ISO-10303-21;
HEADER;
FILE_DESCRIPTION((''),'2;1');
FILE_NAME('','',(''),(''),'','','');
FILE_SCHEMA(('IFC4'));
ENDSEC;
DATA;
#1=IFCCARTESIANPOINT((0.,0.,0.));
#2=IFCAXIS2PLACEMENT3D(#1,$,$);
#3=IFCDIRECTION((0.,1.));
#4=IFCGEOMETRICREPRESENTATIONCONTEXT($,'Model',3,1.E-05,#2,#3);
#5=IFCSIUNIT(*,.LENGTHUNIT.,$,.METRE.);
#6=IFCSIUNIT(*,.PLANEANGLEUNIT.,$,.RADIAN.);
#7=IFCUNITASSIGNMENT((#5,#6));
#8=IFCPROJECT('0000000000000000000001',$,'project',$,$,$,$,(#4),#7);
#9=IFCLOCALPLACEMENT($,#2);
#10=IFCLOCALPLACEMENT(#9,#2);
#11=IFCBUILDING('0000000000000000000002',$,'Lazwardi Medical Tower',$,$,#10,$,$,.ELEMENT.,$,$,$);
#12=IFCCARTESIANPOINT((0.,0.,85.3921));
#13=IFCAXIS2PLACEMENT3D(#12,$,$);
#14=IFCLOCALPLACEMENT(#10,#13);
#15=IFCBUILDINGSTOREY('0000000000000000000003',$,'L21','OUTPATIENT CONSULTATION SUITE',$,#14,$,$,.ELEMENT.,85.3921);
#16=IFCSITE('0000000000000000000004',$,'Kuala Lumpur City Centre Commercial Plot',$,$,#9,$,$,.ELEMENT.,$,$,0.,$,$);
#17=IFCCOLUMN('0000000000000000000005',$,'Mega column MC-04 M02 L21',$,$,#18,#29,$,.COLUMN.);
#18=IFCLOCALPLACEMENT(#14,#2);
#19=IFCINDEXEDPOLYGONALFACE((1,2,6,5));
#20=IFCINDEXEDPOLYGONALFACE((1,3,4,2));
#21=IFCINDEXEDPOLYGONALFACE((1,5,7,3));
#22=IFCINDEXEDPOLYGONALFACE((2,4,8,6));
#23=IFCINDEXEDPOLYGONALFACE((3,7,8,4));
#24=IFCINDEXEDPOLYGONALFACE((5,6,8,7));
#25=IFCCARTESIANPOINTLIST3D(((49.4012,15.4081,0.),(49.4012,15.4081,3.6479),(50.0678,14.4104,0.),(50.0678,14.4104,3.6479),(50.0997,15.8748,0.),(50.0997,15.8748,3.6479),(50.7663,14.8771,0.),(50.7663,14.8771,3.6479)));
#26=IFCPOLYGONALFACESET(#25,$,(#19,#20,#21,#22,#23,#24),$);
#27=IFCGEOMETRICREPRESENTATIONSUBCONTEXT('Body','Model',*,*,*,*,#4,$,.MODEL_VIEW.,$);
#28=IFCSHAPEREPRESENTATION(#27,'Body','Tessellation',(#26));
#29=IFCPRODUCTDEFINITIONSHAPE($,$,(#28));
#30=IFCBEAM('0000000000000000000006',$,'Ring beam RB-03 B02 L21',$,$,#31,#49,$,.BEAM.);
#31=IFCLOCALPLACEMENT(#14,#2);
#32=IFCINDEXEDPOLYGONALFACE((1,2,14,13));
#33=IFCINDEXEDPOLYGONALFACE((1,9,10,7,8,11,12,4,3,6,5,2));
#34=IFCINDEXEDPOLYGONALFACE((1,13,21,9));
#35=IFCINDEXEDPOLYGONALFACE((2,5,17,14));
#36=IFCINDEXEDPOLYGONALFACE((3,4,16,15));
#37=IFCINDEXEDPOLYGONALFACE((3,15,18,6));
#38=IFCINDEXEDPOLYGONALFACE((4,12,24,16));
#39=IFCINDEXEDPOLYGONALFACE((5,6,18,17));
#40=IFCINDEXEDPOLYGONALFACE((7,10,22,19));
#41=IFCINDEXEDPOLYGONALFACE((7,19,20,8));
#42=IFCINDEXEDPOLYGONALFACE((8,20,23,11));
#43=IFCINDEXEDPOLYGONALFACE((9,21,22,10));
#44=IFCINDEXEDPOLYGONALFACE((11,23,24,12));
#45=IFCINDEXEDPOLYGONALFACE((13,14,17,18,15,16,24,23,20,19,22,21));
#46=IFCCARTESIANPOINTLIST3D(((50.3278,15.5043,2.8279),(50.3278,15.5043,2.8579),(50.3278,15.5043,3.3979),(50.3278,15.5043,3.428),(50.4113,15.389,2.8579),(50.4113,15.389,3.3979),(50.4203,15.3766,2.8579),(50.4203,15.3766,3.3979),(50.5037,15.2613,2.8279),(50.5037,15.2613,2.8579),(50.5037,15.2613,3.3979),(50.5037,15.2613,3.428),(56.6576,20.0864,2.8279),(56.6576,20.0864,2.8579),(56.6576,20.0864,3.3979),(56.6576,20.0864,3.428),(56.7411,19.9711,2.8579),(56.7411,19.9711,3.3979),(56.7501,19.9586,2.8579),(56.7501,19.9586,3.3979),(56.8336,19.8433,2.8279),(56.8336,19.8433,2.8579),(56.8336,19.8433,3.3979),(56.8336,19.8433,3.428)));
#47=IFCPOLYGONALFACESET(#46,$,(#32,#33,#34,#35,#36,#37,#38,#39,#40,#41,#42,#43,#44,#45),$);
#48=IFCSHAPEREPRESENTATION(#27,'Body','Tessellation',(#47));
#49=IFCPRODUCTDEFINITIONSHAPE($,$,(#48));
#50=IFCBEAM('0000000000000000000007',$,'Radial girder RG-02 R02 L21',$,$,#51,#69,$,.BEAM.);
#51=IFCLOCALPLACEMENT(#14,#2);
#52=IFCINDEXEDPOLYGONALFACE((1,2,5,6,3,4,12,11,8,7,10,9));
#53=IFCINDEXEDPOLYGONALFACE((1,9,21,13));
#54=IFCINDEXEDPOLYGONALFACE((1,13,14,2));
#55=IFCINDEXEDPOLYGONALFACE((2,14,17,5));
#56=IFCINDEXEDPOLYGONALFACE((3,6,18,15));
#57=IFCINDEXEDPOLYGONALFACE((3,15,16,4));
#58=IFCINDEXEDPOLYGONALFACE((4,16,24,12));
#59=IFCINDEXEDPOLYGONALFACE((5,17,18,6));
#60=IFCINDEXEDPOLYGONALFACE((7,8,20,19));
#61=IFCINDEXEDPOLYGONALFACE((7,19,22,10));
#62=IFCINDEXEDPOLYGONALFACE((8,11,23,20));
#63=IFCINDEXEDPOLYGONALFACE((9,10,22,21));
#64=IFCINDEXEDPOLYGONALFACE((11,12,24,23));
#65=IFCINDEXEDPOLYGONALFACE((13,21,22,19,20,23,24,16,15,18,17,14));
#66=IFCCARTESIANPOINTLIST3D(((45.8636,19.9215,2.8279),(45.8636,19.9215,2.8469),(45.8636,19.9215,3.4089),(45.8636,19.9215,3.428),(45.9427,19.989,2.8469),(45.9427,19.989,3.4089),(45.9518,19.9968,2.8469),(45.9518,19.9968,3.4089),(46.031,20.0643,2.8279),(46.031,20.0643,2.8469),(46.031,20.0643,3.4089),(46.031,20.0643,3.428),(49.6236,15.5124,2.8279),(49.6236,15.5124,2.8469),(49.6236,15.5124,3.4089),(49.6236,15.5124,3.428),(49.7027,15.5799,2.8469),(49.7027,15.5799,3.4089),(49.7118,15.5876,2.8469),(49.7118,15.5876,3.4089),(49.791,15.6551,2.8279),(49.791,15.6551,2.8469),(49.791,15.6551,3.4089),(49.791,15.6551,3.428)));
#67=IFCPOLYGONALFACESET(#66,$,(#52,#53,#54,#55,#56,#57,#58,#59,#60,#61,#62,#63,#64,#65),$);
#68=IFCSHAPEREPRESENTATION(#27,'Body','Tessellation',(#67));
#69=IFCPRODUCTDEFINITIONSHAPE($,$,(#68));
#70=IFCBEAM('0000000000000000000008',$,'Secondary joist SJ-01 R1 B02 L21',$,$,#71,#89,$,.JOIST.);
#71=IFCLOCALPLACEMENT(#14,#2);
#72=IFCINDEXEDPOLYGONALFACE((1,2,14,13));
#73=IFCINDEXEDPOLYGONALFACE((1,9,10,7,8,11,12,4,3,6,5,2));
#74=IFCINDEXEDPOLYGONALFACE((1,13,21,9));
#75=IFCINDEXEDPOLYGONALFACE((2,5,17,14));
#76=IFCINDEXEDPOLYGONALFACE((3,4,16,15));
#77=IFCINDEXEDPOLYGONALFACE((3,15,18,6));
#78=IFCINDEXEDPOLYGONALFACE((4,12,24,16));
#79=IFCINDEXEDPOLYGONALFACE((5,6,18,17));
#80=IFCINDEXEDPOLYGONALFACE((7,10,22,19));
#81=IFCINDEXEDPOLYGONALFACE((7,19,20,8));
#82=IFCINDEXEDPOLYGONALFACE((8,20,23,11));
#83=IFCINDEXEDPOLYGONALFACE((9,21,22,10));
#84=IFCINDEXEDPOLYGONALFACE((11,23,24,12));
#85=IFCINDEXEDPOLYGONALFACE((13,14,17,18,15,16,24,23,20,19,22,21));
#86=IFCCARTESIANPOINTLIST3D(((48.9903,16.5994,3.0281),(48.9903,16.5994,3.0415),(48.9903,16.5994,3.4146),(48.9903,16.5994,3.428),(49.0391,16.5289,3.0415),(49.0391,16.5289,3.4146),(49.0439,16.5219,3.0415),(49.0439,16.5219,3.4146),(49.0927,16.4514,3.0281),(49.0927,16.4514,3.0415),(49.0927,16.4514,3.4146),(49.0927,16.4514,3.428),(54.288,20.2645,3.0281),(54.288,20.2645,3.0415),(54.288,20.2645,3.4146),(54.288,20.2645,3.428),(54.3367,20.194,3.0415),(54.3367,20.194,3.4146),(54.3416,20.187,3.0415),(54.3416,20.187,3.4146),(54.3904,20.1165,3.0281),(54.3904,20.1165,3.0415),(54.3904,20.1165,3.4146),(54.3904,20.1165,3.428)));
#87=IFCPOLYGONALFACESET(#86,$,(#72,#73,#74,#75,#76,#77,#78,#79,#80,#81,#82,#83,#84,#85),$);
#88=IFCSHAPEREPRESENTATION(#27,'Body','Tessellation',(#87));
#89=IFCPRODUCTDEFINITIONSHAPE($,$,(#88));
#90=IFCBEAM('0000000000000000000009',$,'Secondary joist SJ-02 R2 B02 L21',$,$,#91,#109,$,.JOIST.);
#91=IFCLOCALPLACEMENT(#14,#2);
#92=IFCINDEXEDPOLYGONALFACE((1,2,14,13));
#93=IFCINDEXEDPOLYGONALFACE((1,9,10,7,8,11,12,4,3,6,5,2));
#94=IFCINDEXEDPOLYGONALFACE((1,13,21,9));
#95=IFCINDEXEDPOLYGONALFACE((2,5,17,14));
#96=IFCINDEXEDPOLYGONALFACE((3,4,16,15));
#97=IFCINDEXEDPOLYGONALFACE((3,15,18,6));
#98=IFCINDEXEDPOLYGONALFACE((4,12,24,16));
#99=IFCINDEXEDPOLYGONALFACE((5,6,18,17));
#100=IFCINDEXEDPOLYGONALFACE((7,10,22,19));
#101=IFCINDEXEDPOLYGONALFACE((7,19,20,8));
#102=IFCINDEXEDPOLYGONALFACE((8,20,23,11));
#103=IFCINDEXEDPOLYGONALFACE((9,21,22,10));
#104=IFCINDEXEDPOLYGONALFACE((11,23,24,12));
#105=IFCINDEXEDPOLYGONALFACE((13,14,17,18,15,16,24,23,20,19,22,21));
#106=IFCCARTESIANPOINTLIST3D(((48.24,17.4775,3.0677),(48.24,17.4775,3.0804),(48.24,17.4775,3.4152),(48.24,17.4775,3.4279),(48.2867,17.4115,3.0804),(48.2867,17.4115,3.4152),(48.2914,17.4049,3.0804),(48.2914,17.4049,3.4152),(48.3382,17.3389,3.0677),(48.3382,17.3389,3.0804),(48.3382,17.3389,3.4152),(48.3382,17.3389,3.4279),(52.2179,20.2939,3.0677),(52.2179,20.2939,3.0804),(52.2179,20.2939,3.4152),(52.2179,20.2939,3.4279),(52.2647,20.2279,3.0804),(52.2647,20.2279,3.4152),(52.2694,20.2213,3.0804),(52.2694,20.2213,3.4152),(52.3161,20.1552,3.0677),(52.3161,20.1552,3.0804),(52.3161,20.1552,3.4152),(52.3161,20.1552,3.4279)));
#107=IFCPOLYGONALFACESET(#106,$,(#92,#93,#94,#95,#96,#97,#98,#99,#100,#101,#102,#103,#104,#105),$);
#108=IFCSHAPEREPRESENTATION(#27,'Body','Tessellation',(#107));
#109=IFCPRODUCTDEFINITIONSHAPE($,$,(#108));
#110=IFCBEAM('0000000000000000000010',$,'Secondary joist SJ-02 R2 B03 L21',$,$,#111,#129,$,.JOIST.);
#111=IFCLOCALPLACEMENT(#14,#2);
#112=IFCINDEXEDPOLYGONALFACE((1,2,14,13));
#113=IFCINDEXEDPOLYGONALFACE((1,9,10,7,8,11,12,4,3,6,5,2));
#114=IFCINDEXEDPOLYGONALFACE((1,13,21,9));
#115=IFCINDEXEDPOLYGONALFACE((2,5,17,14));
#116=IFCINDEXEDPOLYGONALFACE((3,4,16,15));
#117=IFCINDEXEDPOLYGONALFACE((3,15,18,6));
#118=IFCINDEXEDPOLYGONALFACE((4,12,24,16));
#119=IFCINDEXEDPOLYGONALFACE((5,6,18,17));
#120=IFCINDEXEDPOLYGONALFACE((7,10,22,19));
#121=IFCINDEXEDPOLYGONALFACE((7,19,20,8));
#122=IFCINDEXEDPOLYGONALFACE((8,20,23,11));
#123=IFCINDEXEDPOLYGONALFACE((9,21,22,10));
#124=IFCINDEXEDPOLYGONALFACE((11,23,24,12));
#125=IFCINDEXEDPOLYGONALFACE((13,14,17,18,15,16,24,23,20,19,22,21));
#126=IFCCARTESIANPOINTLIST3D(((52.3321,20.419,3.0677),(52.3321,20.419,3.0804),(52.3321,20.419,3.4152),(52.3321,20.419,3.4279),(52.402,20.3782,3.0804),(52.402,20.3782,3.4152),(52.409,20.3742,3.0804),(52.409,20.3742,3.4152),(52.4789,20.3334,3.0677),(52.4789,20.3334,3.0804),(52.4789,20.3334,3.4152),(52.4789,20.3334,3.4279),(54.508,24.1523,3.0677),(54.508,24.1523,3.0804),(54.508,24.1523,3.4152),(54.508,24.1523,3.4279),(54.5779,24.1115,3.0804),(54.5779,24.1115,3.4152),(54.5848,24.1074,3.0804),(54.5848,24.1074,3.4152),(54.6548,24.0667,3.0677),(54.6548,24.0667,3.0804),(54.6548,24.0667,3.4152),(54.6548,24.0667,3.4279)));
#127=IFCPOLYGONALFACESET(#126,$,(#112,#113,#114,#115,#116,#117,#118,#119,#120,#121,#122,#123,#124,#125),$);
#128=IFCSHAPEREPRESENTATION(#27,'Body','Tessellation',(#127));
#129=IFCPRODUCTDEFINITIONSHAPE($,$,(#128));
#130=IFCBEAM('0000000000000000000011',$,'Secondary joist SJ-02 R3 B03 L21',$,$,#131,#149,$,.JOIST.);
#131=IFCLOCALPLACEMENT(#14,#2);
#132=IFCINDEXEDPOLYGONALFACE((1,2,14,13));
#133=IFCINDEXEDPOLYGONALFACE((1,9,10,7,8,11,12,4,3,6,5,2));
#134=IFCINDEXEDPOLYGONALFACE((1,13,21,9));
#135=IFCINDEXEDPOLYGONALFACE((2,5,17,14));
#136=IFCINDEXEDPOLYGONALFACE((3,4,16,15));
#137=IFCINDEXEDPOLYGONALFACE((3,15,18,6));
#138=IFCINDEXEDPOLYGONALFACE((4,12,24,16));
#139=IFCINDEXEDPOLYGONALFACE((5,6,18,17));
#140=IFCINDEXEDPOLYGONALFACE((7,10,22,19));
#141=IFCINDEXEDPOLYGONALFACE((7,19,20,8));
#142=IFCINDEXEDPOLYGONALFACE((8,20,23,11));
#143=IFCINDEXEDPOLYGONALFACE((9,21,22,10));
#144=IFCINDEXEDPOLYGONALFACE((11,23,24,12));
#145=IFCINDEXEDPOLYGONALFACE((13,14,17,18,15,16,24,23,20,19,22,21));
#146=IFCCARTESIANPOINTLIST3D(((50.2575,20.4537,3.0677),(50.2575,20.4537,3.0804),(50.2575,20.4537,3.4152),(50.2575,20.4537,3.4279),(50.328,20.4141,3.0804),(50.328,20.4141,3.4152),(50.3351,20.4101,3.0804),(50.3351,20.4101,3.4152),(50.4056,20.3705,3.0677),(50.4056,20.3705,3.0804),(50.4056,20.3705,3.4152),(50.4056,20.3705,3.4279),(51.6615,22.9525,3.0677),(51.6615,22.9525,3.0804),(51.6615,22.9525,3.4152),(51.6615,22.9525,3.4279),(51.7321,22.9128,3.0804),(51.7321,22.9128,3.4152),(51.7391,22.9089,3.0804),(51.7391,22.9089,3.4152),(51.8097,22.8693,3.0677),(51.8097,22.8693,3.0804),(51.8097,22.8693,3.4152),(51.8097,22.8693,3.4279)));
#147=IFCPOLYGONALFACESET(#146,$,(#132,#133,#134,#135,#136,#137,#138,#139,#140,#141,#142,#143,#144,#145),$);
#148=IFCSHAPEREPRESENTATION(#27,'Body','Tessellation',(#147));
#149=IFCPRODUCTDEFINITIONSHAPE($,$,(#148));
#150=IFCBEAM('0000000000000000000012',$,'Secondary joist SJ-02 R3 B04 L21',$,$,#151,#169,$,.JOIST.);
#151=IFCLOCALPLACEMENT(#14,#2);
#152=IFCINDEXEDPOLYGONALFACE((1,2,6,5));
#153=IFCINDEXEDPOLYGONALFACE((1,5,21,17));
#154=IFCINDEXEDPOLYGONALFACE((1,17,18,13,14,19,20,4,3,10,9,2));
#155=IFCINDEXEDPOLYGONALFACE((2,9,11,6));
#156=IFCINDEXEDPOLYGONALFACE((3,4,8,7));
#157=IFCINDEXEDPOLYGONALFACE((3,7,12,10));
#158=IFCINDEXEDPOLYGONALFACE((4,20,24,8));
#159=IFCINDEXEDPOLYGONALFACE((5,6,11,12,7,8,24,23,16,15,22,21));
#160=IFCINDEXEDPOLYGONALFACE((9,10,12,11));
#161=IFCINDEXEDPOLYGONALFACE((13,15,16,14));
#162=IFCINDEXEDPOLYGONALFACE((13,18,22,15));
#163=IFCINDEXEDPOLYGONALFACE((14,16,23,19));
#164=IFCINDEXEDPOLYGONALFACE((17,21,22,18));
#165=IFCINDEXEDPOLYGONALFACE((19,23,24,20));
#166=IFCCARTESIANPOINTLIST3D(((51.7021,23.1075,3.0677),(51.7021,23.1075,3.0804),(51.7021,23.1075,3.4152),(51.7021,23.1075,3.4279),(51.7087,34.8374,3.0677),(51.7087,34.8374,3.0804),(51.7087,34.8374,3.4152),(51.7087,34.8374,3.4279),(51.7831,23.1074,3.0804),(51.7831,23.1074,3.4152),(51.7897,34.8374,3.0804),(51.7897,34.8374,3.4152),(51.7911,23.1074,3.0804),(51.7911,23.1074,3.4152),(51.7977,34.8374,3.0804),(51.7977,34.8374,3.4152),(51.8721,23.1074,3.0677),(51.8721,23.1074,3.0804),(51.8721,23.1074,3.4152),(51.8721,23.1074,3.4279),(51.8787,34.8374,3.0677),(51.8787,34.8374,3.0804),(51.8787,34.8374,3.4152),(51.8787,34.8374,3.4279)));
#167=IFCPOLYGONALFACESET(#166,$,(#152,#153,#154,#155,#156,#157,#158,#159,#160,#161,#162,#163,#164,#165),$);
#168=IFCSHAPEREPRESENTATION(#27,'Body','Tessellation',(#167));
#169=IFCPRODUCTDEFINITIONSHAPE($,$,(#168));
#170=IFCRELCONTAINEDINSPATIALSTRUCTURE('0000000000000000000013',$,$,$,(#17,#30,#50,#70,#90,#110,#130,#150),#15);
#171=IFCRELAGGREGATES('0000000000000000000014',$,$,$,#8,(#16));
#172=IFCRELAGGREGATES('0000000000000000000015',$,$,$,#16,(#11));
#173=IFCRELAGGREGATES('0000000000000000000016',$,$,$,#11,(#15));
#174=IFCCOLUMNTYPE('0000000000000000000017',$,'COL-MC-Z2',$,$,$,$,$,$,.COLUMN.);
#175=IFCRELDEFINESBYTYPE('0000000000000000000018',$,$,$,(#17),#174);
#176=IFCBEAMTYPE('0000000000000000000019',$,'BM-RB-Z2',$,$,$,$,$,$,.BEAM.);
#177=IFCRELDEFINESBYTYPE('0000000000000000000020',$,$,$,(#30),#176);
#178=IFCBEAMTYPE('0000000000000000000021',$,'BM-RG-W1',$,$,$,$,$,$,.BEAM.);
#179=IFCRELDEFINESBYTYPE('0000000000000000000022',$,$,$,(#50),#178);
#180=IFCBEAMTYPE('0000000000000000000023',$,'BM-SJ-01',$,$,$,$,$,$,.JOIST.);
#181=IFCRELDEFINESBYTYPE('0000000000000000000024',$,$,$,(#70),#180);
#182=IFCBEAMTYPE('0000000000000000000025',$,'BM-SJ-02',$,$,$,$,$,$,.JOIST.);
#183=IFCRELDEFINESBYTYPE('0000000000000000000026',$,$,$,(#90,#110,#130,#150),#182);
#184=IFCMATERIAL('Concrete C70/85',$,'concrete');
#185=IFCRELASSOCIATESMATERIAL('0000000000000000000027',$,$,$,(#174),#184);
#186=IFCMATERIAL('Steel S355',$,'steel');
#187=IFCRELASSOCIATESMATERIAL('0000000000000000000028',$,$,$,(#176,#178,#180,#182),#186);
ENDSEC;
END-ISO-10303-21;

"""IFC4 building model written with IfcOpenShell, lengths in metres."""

from ifc_helpers import new_model, si_unit, direction, frame, origin, origin_2d, place, context, subcontext, project, spatial, rectangle, i_section, extrude, material, material_profile, profile_set, type_object, element, save


model = new_model("IFC4")

# Units and contexts
model_context = context("Model", 3, precision=1e-05, world=origin(), true_north=direction((0.0, 1.0)))
body_context = subcontext(model_context, "Body", "Model", "MODEL_VIEW")
ifc_project = project(units=[si_unit("LENGTHUNIT", "METRE"), si_unit("PLANEANGLEUNIT", "RADIAN")], contexts=[model_context])

# Site, building, storey
site_placement = place(None, origin())
site = spatial("IfcSite", under=ifc_project, at=site_placement, Name="Kuala Lumpur City Centre Commercial Plot", CompositionType="ELEMENT", RefElevation=0.0)
building_placement = place(site_placement, origin())
building = spatial("IfcBuilding", under=site, at=building_placement, Name="Lazwardi Medical Tower", CompositionType="ELEMENT")
storey_placement = place(building_placement, frame((0.0, 0.0, 85.3921)))
storey = spatial("IfcBuildingStorey", under=building, at=storey_placement, Name="L21", Description="OUTPATIENT CONSULTATION SUITE", CompositionType="ELEMENT", Elevation=85.3921)

# Column
ifc_material_1 = material(Name="Concrete C70/85", Category="concrete")
ifc_material_profile_1 = material_profile(ifc_material_1, rectangle(XDim=1.2, YDim=0.8401, at=origin_2d()), Name="CFT-RECT 1200x840")
ifc_profile_set_1 = profile_set([ifc_material_profile_1], Name="Concrete C70/85")
column_type = type_object("IfcColumnType", Name="COL-MC-Z2", PredefinedType="COLUMN", material=ifc_profile_set_1)
column_placement = place(storey_placement, frame((50.0837, 15.1426, 0.0), z_axis=(0.0, 0.0, 1.0), x_axis=(0.55557, -0.83147, 0.0)))
element("IfcColumn", 1, at=column_placement, inside=storey, type_object=column_type, Name="Mega column MC-04 M02 L21", PredefinedType="COLUMN", context=body_context, shape_type="SweptSolid", body=[
    extrude(rectangle(XDim=1.2, YDim=0.8401, at=origin_2d()), origin(), (0.0, 0.0, 1.0), 3.6479),
])

# Beams
ifc_material_2 = material(Name="Steel S355", Category="steel")
ifc_material_profile_2 = material_profile(ifc_material_2, i_section(OverallWidth=0.3, OverallDepth=0.6001, WebThickness=0.0154, FlangeThickness=0.03, at=origin_2d()), Name="HEB 600")
ifc_profile_set_2 = profile_set([ifc_material_profile_2], Name="Steel S355")
beam_type_1 = type_object("IfcBeamType", Name="BM-RB-Z2", PredefinedType="BEAM", material=ifc_profile_set_2)
beam_1_placement = place(storey_placement, frame((50.4158, 15.3828, 3.1279), z_axis=(0.810042, 0.586372, 0.0), x_axis=(-0.586372, 0.810042, 0.0)))
element("IfcBeam", 2, at=beam_1_placement, inside=storey, type_object=beam_type_1, Name="Ring beam RB-03 B02 L21", PredefinedType="BEAM", context=body_context, shape_type="SweptSolid", body=[
    extrude(i_section(OverallWidth=0.3, OverallDepth=0.6001, WebThickness=0.0154, FlangeThickness=0.03, at=origin_2d()), origin(), (0.0, 0.0, 1.0), 7.8142),
])
ifc_material_profile_3 = material_profile(ifc_material_2, i_section(OverallWidth=0.22, OverallDepth=0.6001, WebThickness=0.012, FlangeThickness=0.019, at=origin_2d()), Name="IPE 600")
ifc_profile_set_3 = profile_set([ifc_material_profile_3], Name="Steel S355")
beam_type_2 = type_object("IfcBeamType", Name="BM-RG-W1", PredefinedType="BEAM", material=ifc_profile_set_3)
beam_2_placement = place(storey_placement, frame((49.7073, 15.5837, 3.1279), z_axis=(-0.648871, 0.760899, 0.0), x_axis=(-0.760899, -0.648871, 0.0)))
element("IfcBeam", 3, at=beam_2_placement, inside=storey, type_object=beam_type_2, Name="Radial girder RG-02 R02 L21", PredefinedType="BEAM", context=body_context, shape_type="SweptSolid", body=[
    extrude(i_section(OverallWidth=0.22, OverallDepth=0.6001, WebThickness=0.012, FlangeThickness=0.019, at=origin_2d()), origin(), (0.0, 0.0, 1.0), 5.7947),
])
ifc_material_profile_4 = material_profile(ifc_material_2, i_section(OverallWidth=0.1799, OverallDepth=0.3999, WebThickness=0.0085, FlangeThickness=0.0134, at=origin_2d()), Name="IPE 400")
ifc_profile_set_4 = profile_set([ifc_material_profile_4], Name="Steel S355")
beam_type_3 = type_object("IfcBeamType", Name="BM-SJ-01", PredefinedType="JOIST", material=ifc_profile_set_4)
beam_3_placement = place(storey_placement, frame((49.0415, 16.5254, 3.228), z_axis=(0.822376, 0.568944, 0.0), x_axis=(-0.568944, 0.822376, 0.0)))
element("IfcBeam", 4, at=beam_3_placement, inside=storey, type_object=beam_type_3, Name="Secondary joist SJ-01 R1 B02 L21", PredefinedType="JOIST", context=body_context, shape_type="SweptSolid", body=[
    extrude(i_section(OverallWidth=0.1799, OverallDepth=0.3999, WebThickness=0.0085, FlangeThickness=0.0134, at=origin_2d()), origin(), (0.0, 0.0, 1.0), 6.4419),
])
ifc_material_profile_5 = material_profile(ifc_material_2, i_section(OverallWidth=0.1699, OverallDepth=0.3601, WebThickness=0.0081, FlangeThickness=0.0127, at=origin_2d()), Name="IPE 360")
ifc_profile_set_5 = profile_set([ifc_material_profile_5], Name="Steel S355")
beam_type_4 = type_object("IfcBeamType", Name="BM-SJ-02", PredefinedType="JOIST", material=ifc_profile_set_5)
beam_4_placement = place(storey_placement, frame((48.2891, 17.4082, 3.2478), z_axis=(0.816156, 0.577831, 0.0), x_axis=(-0.577831, 0.816156, 0.0)))
element("IfcBeam", 5, at=beam_4_placement, inside=storey, type_object=beam_type_4, Name="Secondary joist SJ-02 R2 B02 L21", PredefinedType="JOIST", context=body_context, shape_type="SweptSolid", body=[
    extrude(i_section(OverallWidth=0.1699, OverallDepth=0.3601, WebThickness=0.0081, FlangeThickness=0.0127, at=origin_2d()), origin(), (0.0, 0.0, 1.0), 4.874),
])
beam_5_placement = place(storey_placement, frame((52.4055, 20.3762, 3.2478), z_axis=(0.503544, 0.863969, 0.0), x_axis=(-0.863969, 0.503544, 0.0)))
element("IfcBeam", 6, at=beam_5_placement, inside=storey, type_object=beam_type_4, Name="Secondary joist SJ-02 R2 B03 L21", PredefinedType="JOIST", context=body_context, shape_type="SweptSolid", body=[
    extrude(i_section(OverallWidth=0.1699, OverallDepth=0.3601, WebThickness=0.0081, FlangeThickness=0.0127, at=origin_2d()), origin(), (0.0, 0.0, 1.0), 4.321),
])
beam_6_placement = place(storey_placement, frame((50.3315, 20.4121, 3.2478), z_axis=(0.489861, 0.871801, 0.0), x_axis=(-0.871801, 0.489861, 0.0)))
element("IfcBeam", 7, at=beam_6_placement, inside=storey, type_object=beam_type_4, Name="Secondary joist SJ-02 R3 B03 L21", PredefinedType="JOIST", context=body_context, shape_type="SweptSolid", body=[
    extrude(i_section(OverallWidth=0.1699, OverallDepth=0.3601, WebThickness=0.0081, FlangeThickness=0.0127, at=origin_2d()), origin(), (0.0, 0.0, 1.0), 2.8662),
])
beam_7_placement = place(storey_placement, frame((51.7871, 23.1074, 3.2478), z_axis=(0.000562, 1.0, 0.0), x_axis=(-1.0, 0.000562, 0.0)))
element("IfcBeam", 8, at=beam_7_placement, inside=storey, type_object=beam_type_4, Name="Secondary joist SJ-02 R3 B04 L21", PredefinedType="JOIST", context=body_context, shape_type="SweptSolid", body=[
    extrude(i_section(OverallWidth=0.1699, OverallDepth=0.3601, WebThickness=0.0081, FlangeThickness=0.0127, at=origin_2d()), origin(), (0.0, 0.0, 1.0), 11.73),
])

save(model, "model.ifc")
